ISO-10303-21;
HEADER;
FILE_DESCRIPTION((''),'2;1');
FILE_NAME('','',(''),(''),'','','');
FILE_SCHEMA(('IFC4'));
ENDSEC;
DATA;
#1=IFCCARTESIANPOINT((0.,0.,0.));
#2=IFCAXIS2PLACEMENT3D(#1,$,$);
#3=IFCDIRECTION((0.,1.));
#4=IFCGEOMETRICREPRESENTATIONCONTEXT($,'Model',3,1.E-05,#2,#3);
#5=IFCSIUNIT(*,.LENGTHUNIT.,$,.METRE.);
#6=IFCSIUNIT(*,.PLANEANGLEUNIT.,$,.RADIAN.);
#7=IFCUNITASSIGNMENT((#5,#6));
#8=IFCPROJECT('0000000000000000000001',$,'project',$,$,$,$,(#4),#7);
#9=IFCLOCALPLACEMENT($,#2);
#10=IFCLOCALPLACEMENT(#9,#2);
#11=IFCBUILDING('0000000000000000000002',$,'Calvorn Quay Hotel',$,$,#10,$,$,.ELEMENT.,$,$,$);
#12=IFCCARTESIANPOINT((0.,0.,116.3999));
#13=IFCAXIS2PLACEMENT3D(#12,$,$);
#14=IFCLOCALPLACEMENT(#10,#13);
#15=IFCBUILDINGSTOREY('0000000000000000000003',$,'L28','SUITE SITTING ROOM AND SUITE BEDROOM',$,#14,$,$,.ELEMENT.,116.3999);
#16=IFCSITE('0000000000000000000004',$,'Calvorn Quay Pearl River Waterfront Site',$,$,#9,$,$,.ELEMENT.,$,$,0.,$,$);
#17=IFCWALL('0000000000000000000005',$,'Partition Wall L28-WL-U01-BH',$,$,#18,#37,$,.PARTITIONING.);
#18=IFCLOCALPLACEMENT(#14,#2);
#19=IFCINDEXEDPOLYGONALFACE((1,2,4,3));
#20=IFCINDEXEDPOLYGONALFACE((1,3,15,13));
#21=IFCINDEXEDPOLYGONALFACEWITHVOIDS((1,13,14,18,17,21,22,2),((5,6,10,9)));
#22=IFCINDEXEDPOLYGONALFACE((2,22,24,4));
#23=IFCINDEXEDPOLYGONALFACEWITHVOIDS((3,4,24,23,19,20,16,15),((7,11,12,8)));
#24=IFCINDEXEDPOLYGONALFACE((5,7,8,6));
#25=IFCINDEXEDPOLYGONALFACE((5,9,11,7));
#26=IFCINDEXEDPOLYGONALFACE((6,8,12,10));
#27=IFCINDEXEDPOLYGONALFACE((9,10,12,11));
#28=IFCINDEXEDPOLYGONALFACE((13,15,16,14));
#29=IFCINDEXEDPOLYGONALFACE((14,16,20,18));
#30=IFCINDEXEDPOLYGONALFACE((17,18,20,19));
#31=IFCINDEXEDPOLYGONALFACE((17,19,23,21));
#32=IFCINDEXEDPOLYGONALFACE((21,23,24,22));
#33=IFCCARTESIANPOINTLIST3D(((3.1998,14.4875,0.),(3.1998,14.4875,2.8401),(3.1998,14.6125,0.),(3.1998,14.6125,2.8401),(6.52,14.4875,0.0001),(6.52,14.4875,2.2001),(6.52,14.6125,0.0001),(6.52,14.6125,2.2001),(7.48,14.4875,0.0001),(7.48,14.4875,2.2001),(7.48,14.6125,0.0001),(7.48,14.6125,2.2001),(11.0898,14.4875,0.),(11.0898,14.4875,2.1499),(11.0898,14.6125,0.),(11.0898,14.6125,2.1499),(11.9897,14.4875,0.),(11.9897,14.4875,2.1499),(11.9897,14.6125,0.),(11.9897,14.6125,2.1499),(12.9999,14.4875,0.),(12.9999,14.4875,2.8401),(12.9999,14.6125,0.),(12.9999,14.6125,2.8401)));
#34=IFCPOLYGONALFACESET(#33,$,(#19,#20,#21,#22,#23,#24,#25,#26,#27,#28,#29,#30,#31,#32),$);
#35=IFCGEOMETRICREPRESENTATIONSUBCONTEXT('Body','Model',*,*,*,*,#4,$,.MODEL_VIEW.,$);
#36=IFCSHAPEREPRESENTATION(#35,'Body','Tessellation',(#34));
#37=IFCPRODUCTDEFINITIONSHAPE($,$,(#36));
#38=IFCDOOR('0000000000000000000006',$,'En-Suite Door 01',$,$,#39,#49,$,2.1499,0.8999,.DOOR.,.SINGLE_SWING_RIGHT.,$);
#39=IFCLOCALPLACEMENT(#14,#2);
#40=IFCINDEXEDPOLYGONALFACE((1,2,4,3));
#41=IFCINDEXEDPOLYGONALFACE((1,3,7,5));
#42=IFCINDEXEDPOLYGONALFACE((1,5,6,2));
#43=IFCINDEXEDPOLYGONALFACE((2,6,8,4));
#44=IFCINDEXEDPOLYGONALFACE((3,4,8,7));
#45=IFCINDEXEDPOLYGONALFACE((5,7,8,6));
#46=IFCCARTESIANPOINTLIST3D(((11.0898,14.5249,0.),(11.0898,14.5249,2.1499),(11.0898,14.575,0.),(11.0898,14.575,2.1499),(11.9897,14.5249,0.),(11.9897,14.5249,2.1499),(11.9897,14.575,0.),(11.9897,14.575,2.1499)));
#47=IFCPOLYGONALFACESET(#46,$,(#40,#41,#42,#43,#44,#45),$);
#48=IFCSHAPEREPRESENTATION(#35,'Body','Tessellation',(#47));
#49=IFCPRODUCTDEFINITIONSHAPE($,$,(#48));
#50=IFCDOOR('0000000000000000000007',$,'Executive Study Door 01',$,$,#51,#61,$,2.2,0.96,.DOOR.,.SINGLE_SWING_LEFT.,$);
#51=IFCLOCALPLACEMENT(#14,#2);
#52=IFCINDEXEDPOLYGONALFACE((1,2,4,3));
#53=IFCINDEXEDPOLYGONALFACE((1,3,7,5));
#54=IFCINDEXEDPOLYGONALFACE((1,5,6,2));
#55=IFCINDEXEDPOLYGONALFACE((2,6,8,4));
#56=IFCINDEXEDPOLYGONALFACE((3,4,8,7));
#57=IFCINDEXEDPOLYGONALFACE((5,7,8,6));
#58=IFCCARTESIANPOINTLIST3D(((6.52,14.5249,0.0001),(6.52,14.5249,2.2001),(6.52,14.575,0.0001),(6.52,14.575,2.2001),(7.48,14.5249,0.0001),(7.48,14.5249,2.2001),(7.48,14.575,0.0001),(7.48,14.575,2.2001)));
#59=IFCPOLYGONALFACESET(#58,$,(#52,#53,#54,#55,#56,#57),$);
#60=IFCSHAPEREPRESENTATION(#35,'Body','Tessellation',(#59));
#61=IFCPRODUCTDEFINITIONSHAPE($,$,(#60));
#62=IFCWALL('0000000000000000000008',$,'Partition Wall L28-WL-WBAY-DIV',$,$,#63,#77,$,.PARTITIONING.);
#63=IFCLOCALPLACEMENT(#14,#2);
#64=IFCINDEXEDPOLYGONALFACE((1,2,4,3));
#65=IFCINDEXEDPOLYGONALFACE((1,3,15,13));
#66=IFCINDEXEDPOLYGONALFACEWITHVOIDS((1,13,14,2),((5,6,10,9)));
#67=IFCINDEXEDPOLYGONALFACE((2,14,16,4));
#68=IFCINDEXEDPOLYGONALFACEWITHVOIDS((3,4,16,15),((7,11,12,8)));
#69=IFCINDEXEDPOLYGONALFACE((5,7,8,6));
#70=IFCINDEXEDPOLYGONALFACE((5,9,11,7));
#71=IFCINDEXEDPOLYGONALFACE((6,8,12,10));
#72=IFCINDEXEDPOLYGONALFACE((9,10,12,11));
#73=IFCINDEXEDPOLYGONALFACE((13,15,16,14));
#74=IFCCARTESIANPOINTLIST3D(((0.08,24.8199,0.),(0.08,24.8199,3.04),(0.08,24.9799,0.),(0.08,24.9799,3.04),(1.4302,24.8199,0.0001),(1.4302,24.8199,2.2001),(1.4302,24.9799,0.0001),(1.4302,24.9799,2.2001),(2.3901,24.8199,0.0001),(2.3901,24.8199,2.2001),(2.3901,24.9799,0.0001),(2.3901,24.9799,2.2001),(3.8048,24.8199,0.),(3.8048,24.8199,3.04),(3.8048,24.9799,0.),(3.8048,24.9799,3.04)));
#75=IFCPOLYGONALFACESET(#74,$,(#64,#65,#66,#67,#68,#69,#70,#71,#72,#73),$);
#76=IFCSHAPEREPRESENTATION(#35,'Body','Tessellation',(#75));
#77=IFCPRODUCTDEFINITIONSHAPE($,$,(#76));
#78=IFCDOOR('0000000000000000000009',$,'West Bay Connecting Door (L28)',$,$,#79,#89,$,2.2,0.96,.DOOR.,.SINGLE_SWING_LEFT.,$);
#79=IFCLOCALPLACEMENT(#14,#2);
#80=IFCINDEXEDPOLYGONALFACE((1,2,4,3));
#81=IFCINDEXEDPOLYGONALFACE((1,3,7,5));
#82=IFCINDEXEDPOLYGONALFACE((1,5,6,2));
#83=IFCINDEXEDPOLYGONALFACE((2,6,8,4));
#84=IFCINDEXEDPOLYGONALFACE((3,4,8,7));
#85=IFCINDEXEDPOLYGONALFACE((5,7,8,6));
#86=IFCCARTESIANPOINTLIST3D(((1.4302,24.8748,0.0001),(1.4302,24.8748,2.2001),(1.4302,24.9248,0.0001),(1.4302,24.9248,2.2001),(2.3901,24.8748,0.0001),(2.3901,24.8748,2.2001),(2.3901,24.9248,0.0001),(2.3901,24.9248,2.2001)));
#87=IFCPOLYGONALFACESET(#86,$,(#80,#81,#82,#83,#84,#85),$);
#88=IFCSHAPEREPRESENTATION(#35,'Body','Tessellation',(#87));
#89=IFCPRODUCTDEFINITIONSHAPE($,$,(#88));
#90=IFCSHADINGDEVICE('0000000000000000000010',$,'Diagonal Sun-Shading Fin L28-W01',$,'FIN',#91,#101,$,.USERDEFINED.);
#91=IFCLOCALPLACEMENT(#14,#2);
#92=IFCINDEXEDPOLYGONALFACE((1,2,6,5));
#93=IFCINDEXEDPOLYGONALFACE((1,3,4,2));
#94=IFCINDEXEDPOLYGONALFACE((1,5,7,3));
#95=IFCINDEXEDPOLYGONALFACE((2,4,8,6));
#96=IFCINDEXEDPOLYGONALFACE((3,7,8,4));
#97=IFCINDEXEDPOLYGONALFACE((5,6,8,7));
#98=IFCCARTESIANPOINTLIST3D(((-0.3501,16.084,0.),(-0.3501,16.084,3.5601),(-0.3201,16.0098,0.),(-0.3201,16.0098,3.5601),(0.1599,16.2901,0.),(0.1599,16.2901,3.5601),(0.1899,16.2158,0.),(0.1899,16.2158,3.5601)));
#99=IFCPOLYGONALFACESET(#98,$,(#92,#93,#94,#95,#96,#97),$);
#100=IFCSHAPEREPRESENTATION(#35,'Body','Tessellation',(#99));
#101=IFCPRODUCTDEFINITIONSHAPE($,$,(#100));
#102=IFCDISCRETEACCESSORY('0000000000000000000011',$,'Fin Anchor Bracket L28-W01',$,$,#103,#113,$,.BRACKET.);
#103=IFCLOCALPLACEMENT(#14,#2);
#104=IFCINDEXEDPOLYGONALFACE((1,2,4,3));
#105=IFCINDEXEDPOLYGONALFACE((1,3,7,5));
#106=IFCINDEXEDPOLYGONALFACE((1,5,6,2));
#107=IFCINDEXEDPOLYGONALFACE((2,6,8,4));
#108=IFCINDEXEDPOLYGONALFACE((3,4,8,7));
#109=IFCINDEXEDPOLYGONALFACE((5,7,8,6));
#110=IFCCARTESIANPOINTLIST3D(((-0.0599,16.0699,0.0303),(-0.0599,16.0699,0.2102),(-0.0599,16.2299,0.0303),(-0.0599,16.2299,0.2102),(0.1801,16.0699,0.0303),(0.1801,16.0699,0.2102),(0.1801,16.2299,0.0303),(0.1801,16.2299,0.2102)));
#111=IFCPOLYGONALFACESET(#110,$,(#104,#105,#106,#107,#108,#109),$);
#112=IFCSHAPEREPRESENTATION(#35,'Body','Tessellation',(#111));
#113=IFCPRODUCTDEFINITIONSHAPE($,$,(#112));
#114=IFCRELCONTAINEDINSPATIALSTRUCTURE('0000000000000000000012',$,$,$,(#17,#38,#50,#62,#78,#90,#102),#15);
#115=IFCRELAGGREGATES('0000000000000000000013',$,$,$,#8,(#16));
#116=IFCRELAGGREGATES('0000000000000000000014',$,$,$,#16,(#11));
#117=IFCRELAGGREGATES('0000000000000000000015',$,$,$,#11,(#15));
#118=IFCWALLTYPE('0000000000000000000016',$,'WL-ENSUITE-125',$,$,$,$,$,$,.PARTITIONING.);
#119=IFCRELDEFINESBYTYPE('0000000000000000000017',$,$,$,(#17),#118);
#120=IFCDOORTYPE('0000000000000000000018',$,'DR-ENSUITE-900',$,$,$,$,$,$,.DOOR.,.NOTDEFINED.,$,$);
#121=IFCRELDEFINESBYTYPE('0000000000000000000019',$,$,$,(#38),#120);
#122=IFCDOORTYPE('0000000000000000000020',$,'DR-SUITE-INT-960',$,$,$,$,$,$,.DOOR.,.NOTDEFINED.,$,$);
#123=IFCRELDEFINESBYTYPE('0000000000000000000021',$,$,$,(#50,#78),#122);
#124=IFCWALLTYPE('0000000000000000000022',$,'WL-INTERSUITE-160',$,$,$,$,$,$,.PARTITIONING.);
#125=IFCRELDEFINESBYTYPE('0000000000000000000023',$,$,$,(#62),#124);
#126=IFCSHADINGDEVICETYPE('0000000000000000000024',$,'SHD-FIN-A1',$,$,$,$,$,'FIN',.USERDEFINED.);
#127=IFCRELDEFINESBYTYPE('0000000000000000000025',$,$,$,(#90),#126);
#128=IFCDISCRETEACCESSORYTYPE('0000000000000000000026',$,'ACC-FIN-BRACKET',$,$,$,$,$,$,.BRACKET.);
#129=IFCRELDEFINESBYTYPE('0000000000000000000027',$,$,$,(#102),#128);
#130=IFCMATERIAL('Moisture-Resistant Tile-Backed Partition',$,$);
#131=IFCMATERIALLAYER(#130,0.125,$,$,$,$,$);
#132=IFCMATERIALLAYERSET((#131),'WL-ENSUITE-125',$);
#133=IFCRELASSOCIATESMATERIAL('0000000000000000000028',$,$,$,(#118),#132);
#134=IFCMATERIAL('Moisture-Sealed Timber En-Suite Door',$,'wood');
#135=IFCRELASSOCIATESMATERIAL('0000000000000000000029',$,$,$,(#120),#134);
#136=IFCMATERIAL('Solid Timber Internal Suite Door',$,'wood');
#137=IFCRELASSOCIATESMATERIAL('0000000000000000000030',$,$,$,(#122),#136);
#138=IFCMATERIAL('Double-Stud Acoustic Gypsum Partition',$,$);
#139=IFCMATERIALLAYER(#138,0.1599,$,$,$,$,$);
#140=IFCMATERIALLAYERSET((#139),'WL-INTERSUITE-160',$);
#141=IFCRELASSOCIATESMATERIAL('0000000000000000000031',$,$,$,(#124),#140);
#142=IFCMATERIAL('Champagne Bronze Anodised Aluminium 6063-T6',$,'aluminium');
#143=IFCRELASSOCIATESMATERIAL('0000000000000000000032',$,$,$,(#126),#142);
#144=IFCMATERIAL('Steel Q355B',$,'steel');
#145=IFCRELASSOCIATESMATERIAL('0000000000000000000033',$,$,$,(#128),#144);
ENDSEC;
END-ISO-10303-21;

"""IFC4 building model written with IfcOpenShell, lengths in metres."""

from ifc_helpers import new_model, si_unit, direction, frame, frame_2d, origin, origin_2d, place, context, subcontext, project, spatial, rectangle, extrude, material, layer, layer_set, type_object, element, fill, save


model = new_model("IFC4")

# Units and contexts
model_context = context("Model", 3, precision=1e-05, world=origin(), true_north=direction((0.0, 1.0)))
body_context = subcontext(model_context, "Body", "Model", "MODEL_VIEW")
ifc_project = project(units=[si_unit("LENGTHUNIT", "METRE"), si_unit("PLANEANGLEUNIT", "RADIAN")], contexts=[model_context])

# Site, building, storey
site_placement = place(None, origin())
site = spatial("IfcSite", under=ifc_project, at=site_placement, Name="Calvorn Quay Pearl River Waterfront Site", CompositionType="ELEMENT", RefElevation=0.0)
building_placement = place(site_placement, origin())
building = spatial("IfcBuilding", under=site, at=building_placement, Name="Calvorn Quay Hotel", CompositionType="ELEMENT")
storey_placement = place(building_placement, frame((0.0, 0.0, 116.3999)))
storey = spatial("IfcBuildingStorey", under=building, at=storey_placement, Name="L28", Description="SUITE SITTING ROOM AND SUITE BEDROOM", CompositionType="ELEMENT", Elevation=116.3999)

# Wall, openings, doors
ifc_material_1 = material(Name="Moisture-Resistant Tile-Backed Partition")
ifc_layer_1 = layer(ifc_material_1, 0.125)
ifc_layer_set_1 = layer_set([ifc_layer_1], Name="WL-ENSUITE-125")
wall_type_1 = type_object("IfcWallType", Name="WL-ENSUITE-125", PredefinedType="PARTITIONING", material=ifc_layer_set_1)
wall_1_placement = place(storey_placement, frame((3.2, 14.55, 0.0), z_axis=(0.0, 0.0, 1.0), x_axis=(1.0, 0.0, 0.0)))
wall_1 = element("IfcWall", 1, at=wall_1_placement, inside=storey, type_object=wall_type_1, Name="Partition Wall L28-WL-U01-BH", PredefinedType="PARTITIONING", context=body_context, shape_type="SweptSolid", body=[
    extrude(rectangle(XDim=9.8, YDim=0.125, at=frame_2d((4.8999, 0.0))), origin(), (0.0, 0.0, 1.0), 2.8401),
])
opening_1_placement = place(wall_1_placement, frame((3.3201, 0.0, 0.0)))
opening_1 = element("IfcOpeningElement", 2, at=opening_1_placement, cuts=wall_1, PredefinedType="OPENING", context=body_context, shape_type="SweptSolid", body=[
    extrude(rectangle(XDim=0.96, YDim=2.2, at=frame_2d((0.48, 1.1001))), frame((0.0, 0.0725, 0.0), z_axis=(0.0, -1.0, 0.0), x_axis=(1.0, 0.0, 0.0)), (0.0, 0.0, 1.0), 0.145),
])
opening_2_placement = place(wall_1_placement, frame((7.8899, 0.0, 0.0)))
opening_2 = element("IfcOpeningElement", 3, at=opening_2_placement, cuts=wall_1, PredefinedType="OPENING", context=body_context, shape_type="SweptSolid", body=[
    extrude(rectangle(XDim=0.8999, YDim=2.1499, at=frame_2d((0.45, 1.075))), frame((0.0, 0.0725, 0.0), z_axis=(0.0, -1.0, 0.0), x_axis=(1.0, 0.0, 0.0)), (0.0, 0.0, 1.0), 0.145),
])
ifc_material_2 = material(Name="Moisture-Sealed Timber En-Suite Door", Category="wood")
door_type_1 = type_object("IfcDoorType", Name="DR-ENSUITE-900", OperationType="NOTDEFINED", PredefinedType="DOOR", material=ifc_material_2)
door_1_placement = place(opening_2_placement, origin())
door_1 = element("IfcDoor", 4, at=door_1_placement, inside=storey, type_object=door_type_1, Name="En-Suite Door 01", OperationType="SINGLE_SWING_RIGHT", OverallHeight=2.1499, OverallWidth=0.8999, PredefinedType="DOOR", context=body_context, shape_type="SweptSolid", body=[
    extrude(rectangle(XDim=0.8999, YDim=2.1499, at=frame_2d((0.45, 1.075))), frame((0.0, 0.0249, 0.0), z_axis=(0.0, -1.0, 0.0), x_axis=(1.0, 0.0, 0.0)), (0.0, 0.0, 1.0), 0.05),
])
fill(opening_2, door_1)
ifc_material_3 = material(Name="Solid Timber Internal Suite Door", Category="wood")
door_type_2 = type_object("IfcDoorType", Name="DR-SUITE-INT-960", OperationType="NOTDEFINED", PredefinedType="DOOR", material=ifc_material_3)
door_2_placement = place(opening_1_placement, origin())
door_2 = element("IfcDoor", 5, at=door_2_placement, inside=storey, type_object=door_type_2, Name="Executive Study Door 01", OperationType="SINGLE_SWING_LEFT", OverallHeight=2.2, OverallWidth=0.96, PredefinedType="DOOR", context=body_context, shape_type="SweptSolid", body=[
    extrude(rectangle(XDim=0.96, YDim=2.2, at=frame_2d((0.48, 1.1001))), frame((0.0, 0.0249, 0.0), z_axis=(0.0, -1.0, 0.0), x_axis=(1.0, 0.0, 0.0)), (0.0, 0.0, 1.0), 0.05),
])
fill(opening_1, door_2)

# Wall, opening, door
ifc_material_4 = material(Name="Double-Stud Acoustic Gypsum Partition")
ifc_layer_2 = layer(ifc_material_4, 0.1599)
ifc_layer_set_2 = layer_set([ifc_layer_2], Name="WL-INTERSUITE-160")
wall_type_2 = type_object("IfcWallType", Name="WL-INTERSUITE-160", PredefinedType="PARTITIONING", material=ifc_layer_set_2)
wall_2_placement = place(storey_placement, frame((0.0801, 24.8999, 0.0), z_axis=(0.0, 0.0, 1.0), x_axis=(1.0, 0.0, 0.0)))
wall_2 = element("IfcWall", 6, at=wall_2_placement, inside=storey, type_object=wall_type_2, Name="Partition Wall L28-WL-WBAY-DIV", PredefinedType="PARTITIONING", context=body_context, shape_type="SweptSolid", body=[
    extrude(rectangle(XDim=3.7249, YDim=0.1599, at=frame_2d((1.8623, 0.0))), origin(), (0.0, 0.0, 1.0), 3.04),
])
opening_3_placement = place(wall_2_placement, frame((1.3501, 0.0, 0.0)))
opening_3 = element("IfcOpeningElement", 7, at=opening_3_placement, cuts=wall_2, PredefinedType="OPENING", context=body_context, shape_type="SweptSolid", body=[
    extrude(rectangle(XDim=0.96, YDim=2.2, at=frame_2d((0.48, 1.1001))), frame((0.0, 0.0898, 0.0), z_axis=(0.0, -1.0, 0.0), x_axis=(1.0, 0.0, 0.0)), (0.0, 0.0, 1.0), 0.1799),
])
door_3_placement = place(opening_3_placement, origin())
door_3 = element("IfcDoor", 8, at=door_3_placement, inside=storey, type_object=door_type_2, Name="West Bay Connecting Door (L28)", OperationType="SINGLE_SWING_LEFT", OverallHeight=2.2, OverallWidth=0.96, PredefinedType="DOOR", context=body_context, shape_type="SweptSolid", body=[
    extrude(rectangle(XDim=0.96, YDim=2.2, at=frame_2d((0.48, 1.1001))), frame((0.0, 0.0249, 0.0), z_axis=(0.0, -1.0, 0.0), x_axis=(1.0, 0.0, 0.0)), (0.0, 0.0, 1.0), 0.05),
])
fill(opening_3, door_3)

# Shading device
ifc_material_5 = material(Name="Champagne Bronze Anodised Aluminium 6063-T6", Category="aluminium")
shading_device_type = type_object("IfcShadingDeviceType", Name="SHD-FIN-A1", ElementType="FIN", PredefinedType="USERDEFINED", material=ifc_material_5)
shading_device_placement = place(storey_placement, frame((-0.0801, 16.1499, 0.0), z_axis=(0.0, 0.0, 1.0), x_axis=(0.927184, 0.374607, 0.0)))
element("IfcShadingDevice", 9, at=shading_device_placement, inside=storey, type_object=shading_device_type, Name="Diagonal Sun-Shading Fin L28-W01", ObjectType="FIN", PredefinedType="USERDEFINED", context=body_context, shape_type="SweptSolid", body=[
    extrude(rectangle(XDim=0.55, YDim=0.0801, at=origin_2d()), origin(), (0.0, 0.0, 1.0), 3.5601),
])

# Discrete accessory
ifc_material_6 = material(Name="Steel Q355B", Category="steel")
discrete_accessory_type = type_object("IfcDiscreteAccessoryType", Name="ACC-FIN-BRACKET", PredefinedType="BRACKET", material=ifc_material_6)
discrete_accessory_placement = place(storey_placement, frame((0.0601, 16.1499, 0.0303), z_axis=(0.0, 0.0, 1.0), x_axis=(1.0, 0.0, 0.0)))
element("IfcDiscreteAccessory", 10, at=discrete_accessory_placement, inside=storey, type_object=discrete_accessory_type, Name="Fin Anchor Bracket L28-W01", PredefinedType="BRACKET", context=body_context, shape_type="SweptSolid", body=[
    extrude(rectangle(XDim=0.24, YDim=0.1599, at=origin_2d()), origin(), (0.0, 0.0, 1.0), 0.1799),
])

save(model, "model.ifc")
